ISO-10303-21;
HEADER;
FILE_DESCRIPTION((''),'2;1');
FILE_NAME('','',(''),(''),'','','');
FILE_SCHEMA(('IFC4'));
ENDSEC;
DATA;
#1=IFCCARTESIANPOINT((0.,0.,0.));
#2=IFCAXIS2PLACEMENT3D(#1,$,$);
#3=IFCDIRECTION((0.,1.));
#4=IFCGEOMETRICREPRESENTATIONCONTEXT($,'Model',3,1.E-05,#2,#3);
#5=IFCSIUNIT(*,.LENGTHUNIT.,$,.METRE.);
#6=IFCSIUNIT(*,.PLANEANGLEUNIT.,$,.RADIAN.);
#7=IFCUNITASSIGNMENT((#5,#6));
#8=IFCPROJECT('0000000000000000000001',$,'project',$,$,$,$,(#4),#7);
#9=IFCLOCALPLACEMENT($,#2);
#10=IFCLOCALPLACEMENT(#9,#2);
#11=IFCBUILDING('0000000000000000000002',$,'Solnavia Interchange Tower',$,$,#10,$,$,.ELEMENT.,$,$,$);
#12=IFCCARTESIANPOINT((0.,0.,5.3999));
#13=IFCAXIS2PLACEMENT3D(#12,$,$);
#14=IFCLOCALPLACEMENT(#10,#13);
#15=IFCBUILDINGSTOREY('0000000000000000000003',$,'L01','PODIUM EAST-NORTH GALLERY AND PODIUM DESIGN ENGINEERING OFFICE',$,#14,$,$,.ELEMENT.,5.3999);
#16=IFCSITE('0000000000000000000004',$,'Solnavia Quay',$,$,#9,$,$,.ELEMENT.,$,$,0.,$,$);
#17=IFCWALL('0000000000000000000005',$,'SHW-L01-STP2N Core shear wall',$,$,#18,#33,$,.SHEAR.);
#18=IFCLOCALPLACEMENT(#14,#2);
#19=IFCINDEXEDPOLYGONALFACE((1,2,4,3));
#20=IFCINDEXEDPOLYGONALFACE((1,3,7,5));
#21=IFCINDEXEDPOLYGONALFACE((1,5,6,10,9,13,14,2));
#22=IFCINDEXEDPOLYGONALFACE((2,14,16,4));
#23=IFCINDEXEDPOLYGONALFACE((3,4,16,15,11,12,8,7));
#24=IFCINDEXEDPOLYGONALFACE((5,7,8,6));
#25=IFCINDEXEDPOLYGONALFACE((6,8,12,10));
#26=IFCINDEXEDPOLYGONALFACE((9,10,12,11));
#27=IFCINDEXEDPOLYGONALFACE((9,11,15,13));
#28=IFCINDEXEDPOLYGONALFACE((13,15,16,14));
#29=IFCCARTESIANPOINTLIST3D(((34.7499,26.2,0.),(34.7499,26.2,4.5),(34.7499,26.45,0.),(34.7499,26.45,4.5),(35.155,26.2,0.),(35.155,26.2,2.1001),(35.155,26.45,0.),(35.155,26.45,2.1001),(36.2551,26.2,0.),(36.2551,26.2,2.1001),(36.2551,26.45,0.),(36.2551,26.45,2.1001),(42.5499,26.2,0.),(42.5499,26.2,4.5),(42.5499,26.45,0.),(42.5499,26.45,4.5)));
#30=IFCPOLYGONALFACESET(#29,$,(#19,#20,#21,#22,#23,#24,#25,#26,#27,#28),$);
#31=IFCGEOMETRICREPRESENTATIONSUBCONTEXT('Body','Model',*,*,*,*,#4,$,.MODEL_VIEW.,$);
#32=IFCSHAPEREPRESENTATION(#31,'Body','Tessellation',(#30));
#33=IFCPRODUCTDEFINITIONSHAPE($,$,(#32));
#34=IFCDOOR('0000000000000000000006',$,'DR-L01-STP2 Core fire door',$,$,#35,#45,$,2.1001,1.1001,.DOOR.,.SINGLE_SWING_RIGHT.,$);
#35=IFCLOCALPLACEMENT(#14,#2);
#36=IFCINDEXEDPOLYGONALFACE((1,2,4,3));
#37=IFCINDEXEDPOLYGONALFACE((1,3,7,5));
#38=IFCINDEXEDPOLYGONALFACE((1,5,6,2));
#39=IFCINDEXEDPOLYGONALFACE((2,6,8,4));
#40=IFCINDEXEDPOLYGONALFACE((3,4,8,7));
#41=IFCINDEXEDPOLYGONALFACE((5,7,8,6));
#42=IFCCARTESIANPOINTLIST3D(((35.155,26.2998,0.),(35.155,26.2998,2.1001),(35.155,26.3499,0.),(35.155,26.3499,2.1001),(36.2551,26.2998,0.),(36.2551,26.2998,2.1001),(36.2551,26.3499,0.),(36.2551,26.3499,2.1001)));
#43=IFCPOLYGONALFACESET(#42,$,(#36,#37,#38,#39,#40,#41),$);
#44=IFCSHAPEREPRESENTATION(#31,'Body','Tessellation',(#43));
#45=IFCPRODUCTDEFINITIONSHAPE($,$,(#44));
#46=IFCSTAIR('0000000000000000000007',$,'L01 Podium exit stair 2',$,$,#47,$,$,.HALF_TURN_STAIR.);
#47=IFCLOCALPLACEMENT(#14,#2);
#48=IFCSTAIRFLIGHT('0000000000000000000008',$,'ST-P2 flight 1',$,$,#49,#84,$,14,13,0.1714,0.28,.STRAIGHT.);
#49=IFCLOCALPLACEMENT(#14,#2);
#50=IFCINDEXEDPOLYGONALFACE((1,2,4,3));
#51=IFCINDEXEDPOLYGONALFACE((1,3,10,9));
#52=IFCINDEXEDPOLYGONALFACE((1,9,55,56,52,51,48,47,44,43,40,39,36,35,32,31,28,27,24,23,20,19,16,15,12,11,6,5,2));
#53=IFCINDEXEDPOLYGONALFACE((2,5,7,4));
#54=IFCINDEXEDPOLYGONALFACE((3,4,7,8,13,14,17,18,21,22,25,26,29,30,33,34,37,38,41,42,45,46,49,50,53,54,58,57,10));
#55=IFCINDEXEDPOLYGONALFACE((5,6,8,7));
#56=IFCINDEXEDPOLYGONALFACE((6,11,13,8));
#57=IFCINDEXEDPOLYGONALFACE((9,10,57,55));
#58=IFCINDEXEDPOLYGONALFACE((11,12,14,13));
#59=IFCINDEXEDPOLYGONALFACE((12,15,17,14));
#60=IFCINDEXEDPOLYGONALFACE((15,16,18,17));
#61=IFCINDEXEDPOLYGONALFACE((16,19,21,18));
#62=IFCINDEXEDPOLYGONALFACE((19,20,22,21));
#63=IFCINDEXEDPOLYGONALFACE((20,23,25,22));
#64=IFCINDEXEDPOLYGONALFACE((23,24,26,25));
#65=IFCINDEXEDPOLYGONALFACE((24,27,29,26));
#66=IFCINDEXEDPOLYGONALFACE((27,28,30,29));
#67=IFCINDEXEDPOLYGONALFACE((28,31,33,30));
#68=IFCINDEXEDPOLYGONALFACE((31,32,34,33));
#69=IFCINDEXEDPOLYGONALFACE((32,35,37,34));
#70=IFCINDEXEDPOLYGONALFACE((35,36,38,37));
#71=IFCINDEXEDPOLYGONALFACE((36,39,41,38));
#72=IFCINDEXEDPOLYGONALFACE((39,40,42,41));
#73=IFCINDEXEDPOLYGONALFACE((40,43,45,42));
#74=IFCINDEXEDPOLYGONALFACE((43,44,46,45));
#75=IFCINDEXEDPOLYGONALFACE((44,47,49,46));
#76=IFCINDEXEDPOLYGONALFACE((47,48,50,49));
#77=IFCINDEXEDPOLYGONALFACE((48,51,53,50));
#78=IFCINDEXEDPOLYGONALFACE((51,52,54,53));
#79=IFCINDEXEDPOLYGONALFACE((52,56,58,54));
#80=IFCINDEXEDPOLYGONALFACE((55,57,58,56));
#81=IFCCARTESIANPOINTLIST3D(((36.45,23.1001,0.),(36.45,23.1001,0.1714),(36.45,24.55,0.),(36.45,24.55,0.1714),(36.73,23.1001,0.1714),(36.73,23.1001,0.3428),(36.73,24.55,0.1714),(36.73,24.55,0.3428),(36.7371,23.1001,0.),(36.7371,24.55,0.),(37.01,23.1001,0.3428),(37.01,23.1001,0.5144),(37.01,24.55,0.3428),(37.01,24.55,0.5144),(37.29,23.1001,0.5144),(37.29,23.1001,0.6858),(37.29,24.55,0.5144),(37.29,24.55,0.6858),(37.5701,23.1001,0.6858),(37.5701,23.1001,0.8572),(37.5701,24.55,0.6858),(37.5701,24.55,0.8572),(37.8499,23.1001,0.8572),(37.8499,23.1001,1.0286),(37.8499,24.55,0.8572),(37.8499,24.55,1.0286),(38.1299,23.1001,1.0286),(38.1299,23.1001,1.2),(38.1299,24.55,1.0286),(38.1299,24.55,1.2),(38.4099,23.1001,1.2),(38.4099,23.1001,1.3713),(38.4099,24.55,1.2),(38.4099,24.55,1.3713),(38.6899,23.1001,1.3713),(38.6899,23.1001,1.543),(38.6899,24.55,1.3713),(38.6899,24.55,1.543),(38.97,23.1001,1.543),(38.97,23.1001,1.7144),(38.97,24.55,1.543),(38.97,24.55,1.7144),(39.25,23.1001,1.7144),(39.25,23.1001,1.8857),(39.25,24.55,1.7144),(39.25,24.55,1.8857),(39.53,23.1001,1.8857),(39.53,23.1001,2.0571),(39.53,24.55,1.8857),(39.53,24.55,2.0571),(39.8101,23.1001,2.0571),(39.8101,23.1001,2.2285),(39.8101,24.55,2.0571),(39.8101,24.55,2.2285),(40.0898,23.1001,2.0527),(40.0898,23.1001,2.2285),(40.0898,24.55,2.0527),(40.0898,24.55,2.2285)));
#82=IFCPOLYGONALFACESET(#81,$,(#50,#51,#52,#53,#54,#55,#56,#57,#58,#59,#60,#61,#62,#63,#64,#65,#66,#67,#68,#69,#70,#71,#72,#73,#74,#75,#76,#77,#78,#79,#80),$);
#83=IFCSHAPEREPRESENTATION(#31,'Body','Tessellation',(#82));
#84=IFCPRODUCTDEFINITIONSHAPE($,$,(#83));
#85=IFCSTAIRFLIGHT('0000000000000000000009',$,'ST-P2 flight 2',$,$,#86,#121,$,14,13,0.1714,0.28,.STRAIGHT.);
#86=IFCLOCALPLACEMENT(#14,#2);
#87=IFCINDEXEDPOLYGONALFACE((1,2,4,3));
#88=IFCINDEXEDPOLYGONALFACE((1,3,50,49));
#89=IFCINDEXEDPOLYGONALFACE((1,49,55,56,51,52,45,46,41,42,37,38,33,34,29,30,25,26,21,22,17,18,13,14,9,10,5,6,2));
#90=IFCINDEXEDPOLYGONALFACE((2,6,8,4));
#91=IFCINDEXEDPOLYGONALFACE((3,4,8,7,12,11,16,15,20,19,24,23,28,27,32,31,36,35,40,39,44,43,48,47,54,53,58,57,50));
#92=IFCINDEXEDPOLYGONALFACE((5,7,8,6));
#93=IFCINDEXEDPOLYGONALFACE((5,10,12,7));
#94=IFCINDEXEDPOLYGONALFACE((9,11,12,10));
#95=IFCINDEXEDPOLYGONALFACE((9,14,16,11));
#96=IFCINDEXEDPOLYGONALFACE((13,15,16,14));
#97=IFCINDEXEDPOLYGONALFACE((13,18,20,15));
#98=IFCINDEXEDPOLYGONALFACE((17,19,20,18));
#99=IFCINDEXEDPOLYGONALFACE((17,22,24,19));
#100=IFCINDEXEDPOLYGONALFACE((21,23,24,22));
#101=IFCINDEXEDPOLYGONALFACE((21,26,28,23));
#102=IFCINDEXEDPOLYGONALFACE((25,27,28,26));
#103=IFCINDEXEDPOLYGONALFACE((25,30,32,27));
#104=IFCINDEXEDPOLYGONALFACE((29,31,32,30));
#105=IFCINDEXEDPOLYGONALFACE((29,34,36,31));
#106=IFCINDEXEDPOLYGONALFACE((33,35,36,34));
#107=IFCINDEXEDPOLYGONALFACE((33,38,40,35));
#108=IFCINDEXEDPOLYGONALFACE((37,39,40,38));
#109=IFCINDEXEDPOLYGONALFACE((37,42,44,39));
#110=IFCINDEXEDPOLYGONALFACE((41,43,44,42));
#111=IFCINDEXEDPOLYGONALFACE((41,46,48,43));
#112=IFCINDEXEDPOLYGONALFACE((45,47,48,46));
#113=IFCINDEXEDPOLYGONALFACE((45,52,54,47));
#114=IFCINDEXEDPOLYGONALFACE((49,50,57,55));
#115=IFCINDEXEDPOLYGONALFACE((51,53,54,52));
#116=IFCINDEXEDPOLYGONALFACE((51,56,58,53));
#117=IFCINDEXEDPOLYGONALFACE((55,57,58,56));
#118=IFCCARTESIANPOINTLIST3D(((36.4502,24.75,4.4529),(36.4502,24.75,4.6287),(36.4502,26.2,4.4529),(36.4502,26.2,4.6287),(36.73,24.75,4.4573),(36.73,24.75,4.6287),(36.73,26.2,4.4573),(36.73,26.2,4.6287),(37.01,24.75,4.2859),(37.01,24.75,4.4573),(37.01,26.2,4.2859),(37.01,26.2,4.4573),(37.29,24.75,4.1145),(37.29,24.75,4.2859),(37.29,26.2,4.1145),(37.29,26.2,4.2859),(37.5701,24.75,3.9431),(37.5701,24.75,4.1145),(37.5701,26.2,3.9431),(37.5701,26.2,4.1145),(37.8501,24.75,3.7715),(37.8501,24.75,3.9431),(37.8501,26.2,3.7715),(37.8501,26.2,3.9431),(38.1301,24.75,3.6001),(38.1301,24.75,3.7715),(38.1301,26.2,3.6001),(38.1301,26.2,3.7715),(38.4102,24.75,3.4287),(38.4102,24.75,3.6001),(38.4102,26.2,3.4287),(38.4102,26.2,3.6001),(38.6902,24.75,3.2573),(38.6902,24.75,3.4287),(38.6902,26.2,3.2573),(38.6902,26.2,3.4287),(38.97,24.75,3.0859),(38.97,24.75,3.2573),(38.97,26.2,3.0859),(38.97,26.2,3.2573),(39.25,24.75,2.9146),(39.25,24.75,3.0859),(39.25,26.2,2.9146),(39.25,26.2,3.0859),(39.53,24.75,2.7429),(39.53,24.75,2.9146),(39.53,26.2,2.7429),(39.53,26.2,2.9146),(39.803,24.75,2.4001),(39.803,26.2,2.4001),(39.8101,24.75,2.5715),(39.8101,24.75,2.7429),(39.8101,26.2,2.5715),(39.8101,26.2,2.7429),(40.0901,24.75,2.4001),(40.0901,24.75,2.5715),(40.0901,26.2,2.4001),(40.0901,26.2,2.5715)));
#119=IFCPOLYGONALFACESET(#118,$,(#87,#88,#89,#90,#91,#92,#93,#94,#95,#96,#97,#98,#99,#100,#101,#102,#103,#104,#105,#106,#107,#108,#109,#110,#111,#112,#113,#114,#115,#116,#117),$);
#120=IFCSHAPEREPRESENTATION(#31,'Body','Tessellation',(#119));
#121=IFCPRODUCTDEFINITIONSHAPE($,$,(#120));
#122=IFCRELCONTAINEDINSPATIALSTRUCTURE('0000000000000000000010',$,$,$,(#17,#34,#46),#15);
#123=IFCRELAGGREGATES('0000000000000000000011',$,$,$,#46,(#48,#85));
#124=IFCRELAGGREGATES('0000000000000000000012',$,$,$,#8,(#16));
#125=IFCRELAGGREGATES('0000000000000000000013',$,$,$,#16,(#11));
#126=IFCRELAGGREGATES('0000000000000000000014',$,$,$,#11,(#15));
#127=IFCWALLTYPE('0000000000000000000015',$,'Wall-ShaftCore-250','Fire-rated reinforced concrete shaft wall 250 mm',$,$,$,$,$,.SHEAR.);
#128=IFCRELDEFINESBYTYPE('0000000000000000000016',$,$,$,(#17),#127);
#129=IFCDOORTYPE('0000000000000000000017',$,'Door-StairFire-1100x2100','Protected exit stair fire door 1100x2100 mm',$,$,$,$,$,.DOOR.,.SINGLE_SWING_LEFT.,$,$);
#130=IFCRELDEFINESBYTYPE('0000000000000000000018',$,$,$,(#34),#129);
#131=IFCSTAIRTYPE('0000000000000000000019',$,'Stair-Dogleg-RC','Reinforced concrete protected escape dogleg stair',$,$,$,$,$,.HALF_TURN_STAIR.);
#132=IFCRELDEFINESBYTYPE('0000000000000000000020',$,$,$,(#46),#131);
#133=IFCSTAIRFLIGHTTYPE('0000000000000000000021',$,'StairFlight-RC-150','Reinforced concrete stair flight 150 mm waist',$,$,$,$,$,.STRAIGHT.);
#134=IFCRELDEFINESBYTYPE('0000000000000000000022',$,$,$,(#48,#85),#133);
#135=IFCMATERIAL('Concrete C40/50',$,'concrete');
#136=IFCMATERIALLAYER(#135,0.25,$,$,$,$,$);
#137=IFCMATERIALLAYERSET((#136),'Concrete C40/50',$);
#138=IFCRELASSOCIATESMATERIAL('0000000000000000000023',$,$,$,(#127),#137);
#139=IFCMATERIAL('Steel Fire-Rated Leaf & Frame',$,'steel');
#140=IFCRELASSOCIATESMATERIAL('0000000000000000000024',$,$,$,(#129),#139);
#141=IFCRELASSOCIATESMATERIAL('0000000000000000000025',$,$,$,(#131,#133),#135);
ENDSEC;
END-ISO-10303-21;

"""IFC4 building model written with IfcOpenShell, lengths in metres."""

from ifc_helpers import new_model, si_unit, direction, frame, frame_2d, origin, place, context, subcontext, project, spatial, polyline, rectangle, outline, extrude, material, layer, layer_set, type_object, element, fill, aggregate, save


model = new_model("IFC4")

# Units and contexts
model_context = context("Model", 3, precision=1e-05, world=origin(), true_north=direction((0.0, 1.0)))
body_context = subcontext(model_context, "Body", "Model", "MODEL_VIEW")
ifc_project = project(units=[si_unit("LENGTHUNIT", "METRE"), si_unit("PLANEANGLEUNIT", "RADIAN")], contexts=[model_context])

# Site, building, storey
site_placement = place(None, origin())
site = spatial("IfcSite", under=ifc_project, at=site_placement, Name="Solnavia Quay", CompositionType="ELEMENT", RefElevation=0.0)
building_placement = place(site_placement, origin())
building = spatial("IfcBuilding", under=site, at=building_placement, Name="Solnavia Interchange Tower", CompositionType="ELEMENT")
storey_placement = place(building_placement, frame((0.0, 0.0, 5.3999)))
storey = spatial("IfcBuildingStorey", under=building, at=storey_placement, Name="L01", Description="PODIUM EAST-NORTH GALLERY AND PODIUM DESIGN ENGINEERING OFFICE", CompositionType="ELEMENT", Elevation=5.3999)

# Shared definitions
ifc_material_1 = material(Name="Concrete C40/50", Category="concrete")

# Wall, opening, door
ifc_layer_1 = layer(ifc_material_1, 0.25)
ifc_layer_set_1 = layer_set([ifc_layer_1], Name="Concrete C40/50")
wall_type_1 = type_object("IfcWallType", Name="Wall-ShaftCore-250", Description="Fire-rated reinforced concrete shaft wall 250 mm", PredefinedType="SHEAR", material=ifc_layer_set_1)
wall_1_placement = place(storey_placement, frame((34.75, 26.325, 0.0), z_axis=(0.0, 0.0, 1.0), x_axis=(1.0, 0.0, 0.0)))
wall_1 = element("IfcWall", 1, at=wall_1_placement, inside=storey, type_object=wall_type_1, Name="SHW-L01-STP2N Core shear wall", PredefinedType="SHEAR", context=body_context, shape_type="SweptSolid", body=[
    extrude(rectangle(XDim=7.8, YDim=0.25, at=frame_2d((3.8999, 0.0))), origin(), (0.0, 0.0, 1.0), 4.5),
])
opening_1_placement = place(wall_1_placement, frame((0.405, 0.0, 0.0)))
opening_1 = element("IfcOpeningElement", 2, at=opening_1_placement, cuts=wall_1, PredefinedType="OPENING", context=body_context, shape_type="SweptSolid", body=[
    extrude(rectangle(XDim=1.1001, YDim=2.1001, at=frame_2d((0.55, 1.05))), frame((0.0, 0.135, 0.0), z_axis=(0.0, -1.0, 0.0), x_axis=(1.0, 0.0, 0.0)), (0.0, 0.0, 1.0), 0.27),
])
ifc_material_2 = material(Name="Steel Fire-Rated Leaf & Frame", Category="steel")
door_type_1 = type_object("IfcDoorType", Name="Door-StairFire-1100x2100", Description="Protected exit stair fire door 1100x2100 mm", OperationType="SINGLE_SWING_LEFT", PredefinedType="DOOR", material=ifc_material_2)
door_1_placement = place(opening_1_placement, origin())
door_1 = element("IfcDoor", 3, at=door_1_placement, inside=storey, type_object=door_type_1, Name="DR-L01-STP2 Core fire door", OperationType="SINGLE_SWING_RIGHT", OverallHeight=2.1001, OverallWidth=1.1001, PredefinedType="DOOR", context=body_context, shape_type="SweptSolid", body=[
    extrude(rectangle(XDim=1.1001, YDim=2.1001, at=frame_2d((0.55, 1.05))), frame((0.0, 0.0249, 0.0), z_axis=(0.0, -1.0, 0.0), x_axis=(1.0, 0.0, 0.0)), (0.0, 0.0, 1.0), 0.05),
])
fill(opening_1, door_1)

# Stair, stair flights
stair_type = type_object("IfcStairType", Name="Stair-Dogleg-RC", Description="Reinforced concrete protected escape dogleg stair", PredefinedType="HALF_TURN_STAIR", material=ifc_material_1)
stair_placement = place(storey_placement, origin())
stair = element("IfcStair", 4, at=stair_placement, inside=storey, type_object=stair_type, Name="L01 Podium exit stair 2", PredefinedType="HALF_TURN_STAIR")
stair_flight_type = type_object("IfcStairFlightType", Name="StairFlight-RC-150", Description="Reinforced concrete stair flight 150 mm waist", PredefinedType="STRAIGHT", material=ifc_material_1)
stair_flight_1_placement = place(storey_placement, frame((36.45, 23.825, 0.0), z_axis=(0.0, 0.0, 1.0), x_axis=(1.0, 0.0, 0.0)))
stair_flight_1 = element("IfcStairFlight", 5, at=stair_flight_1_placement, type_object=stair_flight_type, Name="ST-P2 flight 1", NumberOfRisers=14, NumberOfTreads=13, PredefinedType="STRAIGHT", RiserHeight=0.1714, TreadLength=0.28, context=body_context, shape_type="SweptSolid", body=[
    extrude(outline(polyline([(0.0, 0.0), (0.0, 0.1714), (0.28, 0.1714), (0.28, 0.3428), (0.5601, 0.3428), (0.5601, 0.5144), (0.8401, 0.5144), (0.8401, 0.6858), (1.1201, 0.6858), (1.1201, 0.8572), (1.3999, 0.8572), (1.3999, 1.0286), (1.6799, 1.0286), (1.6799, 1.2), (1.96, 1.2), (1.96, 1.3713), (2.24, 1.3713), (2.24, 1.543), (2.52, 1.543), (2.52, 1.7144), (2.8, 1.7144), (2.8, 1.8857), (3.0801, 1.8857), (3.0801, 2.0571), (3.3601, 2.0571), (3.3601, 2.2285), (3.6399, 2.2285), (3.6399, 2.3999), (3.6399, 2.0527), (0.2871, 0.0), (0.0, 0.0)])), frame((0.0, 0.7251, 0.0), z_axis=(0.0, -1.0, 0.0), x_axis=(1.0, 0.0, 0.0)), (0.0, 0.0, 1.0), 1.45),
])
stair_flight_2_placement = place(storey_placement, frame((40.0901, 25.4751, 2.4001), z_axis=(0.0, 0.0, 1.0), x_axis=(-1.0, 0.0, 0.0)))
stair_flight_2 = element("IfcStairFlight", 6, at=stair_flight_2_placement, type_object=stair_flight_type, Name="ST-P2 flight 2", NumberOfRisers=14, NumberOfTreads=13, PredefinedType="STRAIGHT", RiserHeight=0.1714, TreadLength=0.28, context=body_context, shape_type="SweptSolid", body=[
    extrude(outline(polyline([(0.0, 0.0), (0.0, 0.1714), (0.28, 0.1714), (0.28, 0.3428), (0.5601, 0.3428), (0.5601, 0.5144), (0.8401, 0.5144), (0.8401, 0.6858), (1.1201, 0.6858), (1.1201, 0.8572), (1.3999, 0.8572), (1.3999, 1.0286), (1.6799, 1.0286), (1.6799, 1.2), (1.96, 1.2), (1.96, 1.3713), (2.24, 1.3713), (2.24, 1.543), (2.52, 1.543), (2.52, 1.7144), (2.8, 1.7144), (2.8, 1.8857), (3.0801, 1.8857), (3.0801, 2.0571), (3.3601, 2.0571), (3.3601, 2.2285), (3.6399, 2.2285), (3.6399, 2.3999), (3.6399, 2.0527), (0.2871, 0.0), (0.0, 0.0)])), frame((0.0, 0.7251, 0.0), z_axis=(0.0, -1.0, 0.0), x_axis=(1.0, 0.0, 0.0)), (0.0, 0.0, 1.0), 1.45),
])
aggregate(stair, [stair_flight_1, stair_flight_2])

save(model, "model.ifc")
